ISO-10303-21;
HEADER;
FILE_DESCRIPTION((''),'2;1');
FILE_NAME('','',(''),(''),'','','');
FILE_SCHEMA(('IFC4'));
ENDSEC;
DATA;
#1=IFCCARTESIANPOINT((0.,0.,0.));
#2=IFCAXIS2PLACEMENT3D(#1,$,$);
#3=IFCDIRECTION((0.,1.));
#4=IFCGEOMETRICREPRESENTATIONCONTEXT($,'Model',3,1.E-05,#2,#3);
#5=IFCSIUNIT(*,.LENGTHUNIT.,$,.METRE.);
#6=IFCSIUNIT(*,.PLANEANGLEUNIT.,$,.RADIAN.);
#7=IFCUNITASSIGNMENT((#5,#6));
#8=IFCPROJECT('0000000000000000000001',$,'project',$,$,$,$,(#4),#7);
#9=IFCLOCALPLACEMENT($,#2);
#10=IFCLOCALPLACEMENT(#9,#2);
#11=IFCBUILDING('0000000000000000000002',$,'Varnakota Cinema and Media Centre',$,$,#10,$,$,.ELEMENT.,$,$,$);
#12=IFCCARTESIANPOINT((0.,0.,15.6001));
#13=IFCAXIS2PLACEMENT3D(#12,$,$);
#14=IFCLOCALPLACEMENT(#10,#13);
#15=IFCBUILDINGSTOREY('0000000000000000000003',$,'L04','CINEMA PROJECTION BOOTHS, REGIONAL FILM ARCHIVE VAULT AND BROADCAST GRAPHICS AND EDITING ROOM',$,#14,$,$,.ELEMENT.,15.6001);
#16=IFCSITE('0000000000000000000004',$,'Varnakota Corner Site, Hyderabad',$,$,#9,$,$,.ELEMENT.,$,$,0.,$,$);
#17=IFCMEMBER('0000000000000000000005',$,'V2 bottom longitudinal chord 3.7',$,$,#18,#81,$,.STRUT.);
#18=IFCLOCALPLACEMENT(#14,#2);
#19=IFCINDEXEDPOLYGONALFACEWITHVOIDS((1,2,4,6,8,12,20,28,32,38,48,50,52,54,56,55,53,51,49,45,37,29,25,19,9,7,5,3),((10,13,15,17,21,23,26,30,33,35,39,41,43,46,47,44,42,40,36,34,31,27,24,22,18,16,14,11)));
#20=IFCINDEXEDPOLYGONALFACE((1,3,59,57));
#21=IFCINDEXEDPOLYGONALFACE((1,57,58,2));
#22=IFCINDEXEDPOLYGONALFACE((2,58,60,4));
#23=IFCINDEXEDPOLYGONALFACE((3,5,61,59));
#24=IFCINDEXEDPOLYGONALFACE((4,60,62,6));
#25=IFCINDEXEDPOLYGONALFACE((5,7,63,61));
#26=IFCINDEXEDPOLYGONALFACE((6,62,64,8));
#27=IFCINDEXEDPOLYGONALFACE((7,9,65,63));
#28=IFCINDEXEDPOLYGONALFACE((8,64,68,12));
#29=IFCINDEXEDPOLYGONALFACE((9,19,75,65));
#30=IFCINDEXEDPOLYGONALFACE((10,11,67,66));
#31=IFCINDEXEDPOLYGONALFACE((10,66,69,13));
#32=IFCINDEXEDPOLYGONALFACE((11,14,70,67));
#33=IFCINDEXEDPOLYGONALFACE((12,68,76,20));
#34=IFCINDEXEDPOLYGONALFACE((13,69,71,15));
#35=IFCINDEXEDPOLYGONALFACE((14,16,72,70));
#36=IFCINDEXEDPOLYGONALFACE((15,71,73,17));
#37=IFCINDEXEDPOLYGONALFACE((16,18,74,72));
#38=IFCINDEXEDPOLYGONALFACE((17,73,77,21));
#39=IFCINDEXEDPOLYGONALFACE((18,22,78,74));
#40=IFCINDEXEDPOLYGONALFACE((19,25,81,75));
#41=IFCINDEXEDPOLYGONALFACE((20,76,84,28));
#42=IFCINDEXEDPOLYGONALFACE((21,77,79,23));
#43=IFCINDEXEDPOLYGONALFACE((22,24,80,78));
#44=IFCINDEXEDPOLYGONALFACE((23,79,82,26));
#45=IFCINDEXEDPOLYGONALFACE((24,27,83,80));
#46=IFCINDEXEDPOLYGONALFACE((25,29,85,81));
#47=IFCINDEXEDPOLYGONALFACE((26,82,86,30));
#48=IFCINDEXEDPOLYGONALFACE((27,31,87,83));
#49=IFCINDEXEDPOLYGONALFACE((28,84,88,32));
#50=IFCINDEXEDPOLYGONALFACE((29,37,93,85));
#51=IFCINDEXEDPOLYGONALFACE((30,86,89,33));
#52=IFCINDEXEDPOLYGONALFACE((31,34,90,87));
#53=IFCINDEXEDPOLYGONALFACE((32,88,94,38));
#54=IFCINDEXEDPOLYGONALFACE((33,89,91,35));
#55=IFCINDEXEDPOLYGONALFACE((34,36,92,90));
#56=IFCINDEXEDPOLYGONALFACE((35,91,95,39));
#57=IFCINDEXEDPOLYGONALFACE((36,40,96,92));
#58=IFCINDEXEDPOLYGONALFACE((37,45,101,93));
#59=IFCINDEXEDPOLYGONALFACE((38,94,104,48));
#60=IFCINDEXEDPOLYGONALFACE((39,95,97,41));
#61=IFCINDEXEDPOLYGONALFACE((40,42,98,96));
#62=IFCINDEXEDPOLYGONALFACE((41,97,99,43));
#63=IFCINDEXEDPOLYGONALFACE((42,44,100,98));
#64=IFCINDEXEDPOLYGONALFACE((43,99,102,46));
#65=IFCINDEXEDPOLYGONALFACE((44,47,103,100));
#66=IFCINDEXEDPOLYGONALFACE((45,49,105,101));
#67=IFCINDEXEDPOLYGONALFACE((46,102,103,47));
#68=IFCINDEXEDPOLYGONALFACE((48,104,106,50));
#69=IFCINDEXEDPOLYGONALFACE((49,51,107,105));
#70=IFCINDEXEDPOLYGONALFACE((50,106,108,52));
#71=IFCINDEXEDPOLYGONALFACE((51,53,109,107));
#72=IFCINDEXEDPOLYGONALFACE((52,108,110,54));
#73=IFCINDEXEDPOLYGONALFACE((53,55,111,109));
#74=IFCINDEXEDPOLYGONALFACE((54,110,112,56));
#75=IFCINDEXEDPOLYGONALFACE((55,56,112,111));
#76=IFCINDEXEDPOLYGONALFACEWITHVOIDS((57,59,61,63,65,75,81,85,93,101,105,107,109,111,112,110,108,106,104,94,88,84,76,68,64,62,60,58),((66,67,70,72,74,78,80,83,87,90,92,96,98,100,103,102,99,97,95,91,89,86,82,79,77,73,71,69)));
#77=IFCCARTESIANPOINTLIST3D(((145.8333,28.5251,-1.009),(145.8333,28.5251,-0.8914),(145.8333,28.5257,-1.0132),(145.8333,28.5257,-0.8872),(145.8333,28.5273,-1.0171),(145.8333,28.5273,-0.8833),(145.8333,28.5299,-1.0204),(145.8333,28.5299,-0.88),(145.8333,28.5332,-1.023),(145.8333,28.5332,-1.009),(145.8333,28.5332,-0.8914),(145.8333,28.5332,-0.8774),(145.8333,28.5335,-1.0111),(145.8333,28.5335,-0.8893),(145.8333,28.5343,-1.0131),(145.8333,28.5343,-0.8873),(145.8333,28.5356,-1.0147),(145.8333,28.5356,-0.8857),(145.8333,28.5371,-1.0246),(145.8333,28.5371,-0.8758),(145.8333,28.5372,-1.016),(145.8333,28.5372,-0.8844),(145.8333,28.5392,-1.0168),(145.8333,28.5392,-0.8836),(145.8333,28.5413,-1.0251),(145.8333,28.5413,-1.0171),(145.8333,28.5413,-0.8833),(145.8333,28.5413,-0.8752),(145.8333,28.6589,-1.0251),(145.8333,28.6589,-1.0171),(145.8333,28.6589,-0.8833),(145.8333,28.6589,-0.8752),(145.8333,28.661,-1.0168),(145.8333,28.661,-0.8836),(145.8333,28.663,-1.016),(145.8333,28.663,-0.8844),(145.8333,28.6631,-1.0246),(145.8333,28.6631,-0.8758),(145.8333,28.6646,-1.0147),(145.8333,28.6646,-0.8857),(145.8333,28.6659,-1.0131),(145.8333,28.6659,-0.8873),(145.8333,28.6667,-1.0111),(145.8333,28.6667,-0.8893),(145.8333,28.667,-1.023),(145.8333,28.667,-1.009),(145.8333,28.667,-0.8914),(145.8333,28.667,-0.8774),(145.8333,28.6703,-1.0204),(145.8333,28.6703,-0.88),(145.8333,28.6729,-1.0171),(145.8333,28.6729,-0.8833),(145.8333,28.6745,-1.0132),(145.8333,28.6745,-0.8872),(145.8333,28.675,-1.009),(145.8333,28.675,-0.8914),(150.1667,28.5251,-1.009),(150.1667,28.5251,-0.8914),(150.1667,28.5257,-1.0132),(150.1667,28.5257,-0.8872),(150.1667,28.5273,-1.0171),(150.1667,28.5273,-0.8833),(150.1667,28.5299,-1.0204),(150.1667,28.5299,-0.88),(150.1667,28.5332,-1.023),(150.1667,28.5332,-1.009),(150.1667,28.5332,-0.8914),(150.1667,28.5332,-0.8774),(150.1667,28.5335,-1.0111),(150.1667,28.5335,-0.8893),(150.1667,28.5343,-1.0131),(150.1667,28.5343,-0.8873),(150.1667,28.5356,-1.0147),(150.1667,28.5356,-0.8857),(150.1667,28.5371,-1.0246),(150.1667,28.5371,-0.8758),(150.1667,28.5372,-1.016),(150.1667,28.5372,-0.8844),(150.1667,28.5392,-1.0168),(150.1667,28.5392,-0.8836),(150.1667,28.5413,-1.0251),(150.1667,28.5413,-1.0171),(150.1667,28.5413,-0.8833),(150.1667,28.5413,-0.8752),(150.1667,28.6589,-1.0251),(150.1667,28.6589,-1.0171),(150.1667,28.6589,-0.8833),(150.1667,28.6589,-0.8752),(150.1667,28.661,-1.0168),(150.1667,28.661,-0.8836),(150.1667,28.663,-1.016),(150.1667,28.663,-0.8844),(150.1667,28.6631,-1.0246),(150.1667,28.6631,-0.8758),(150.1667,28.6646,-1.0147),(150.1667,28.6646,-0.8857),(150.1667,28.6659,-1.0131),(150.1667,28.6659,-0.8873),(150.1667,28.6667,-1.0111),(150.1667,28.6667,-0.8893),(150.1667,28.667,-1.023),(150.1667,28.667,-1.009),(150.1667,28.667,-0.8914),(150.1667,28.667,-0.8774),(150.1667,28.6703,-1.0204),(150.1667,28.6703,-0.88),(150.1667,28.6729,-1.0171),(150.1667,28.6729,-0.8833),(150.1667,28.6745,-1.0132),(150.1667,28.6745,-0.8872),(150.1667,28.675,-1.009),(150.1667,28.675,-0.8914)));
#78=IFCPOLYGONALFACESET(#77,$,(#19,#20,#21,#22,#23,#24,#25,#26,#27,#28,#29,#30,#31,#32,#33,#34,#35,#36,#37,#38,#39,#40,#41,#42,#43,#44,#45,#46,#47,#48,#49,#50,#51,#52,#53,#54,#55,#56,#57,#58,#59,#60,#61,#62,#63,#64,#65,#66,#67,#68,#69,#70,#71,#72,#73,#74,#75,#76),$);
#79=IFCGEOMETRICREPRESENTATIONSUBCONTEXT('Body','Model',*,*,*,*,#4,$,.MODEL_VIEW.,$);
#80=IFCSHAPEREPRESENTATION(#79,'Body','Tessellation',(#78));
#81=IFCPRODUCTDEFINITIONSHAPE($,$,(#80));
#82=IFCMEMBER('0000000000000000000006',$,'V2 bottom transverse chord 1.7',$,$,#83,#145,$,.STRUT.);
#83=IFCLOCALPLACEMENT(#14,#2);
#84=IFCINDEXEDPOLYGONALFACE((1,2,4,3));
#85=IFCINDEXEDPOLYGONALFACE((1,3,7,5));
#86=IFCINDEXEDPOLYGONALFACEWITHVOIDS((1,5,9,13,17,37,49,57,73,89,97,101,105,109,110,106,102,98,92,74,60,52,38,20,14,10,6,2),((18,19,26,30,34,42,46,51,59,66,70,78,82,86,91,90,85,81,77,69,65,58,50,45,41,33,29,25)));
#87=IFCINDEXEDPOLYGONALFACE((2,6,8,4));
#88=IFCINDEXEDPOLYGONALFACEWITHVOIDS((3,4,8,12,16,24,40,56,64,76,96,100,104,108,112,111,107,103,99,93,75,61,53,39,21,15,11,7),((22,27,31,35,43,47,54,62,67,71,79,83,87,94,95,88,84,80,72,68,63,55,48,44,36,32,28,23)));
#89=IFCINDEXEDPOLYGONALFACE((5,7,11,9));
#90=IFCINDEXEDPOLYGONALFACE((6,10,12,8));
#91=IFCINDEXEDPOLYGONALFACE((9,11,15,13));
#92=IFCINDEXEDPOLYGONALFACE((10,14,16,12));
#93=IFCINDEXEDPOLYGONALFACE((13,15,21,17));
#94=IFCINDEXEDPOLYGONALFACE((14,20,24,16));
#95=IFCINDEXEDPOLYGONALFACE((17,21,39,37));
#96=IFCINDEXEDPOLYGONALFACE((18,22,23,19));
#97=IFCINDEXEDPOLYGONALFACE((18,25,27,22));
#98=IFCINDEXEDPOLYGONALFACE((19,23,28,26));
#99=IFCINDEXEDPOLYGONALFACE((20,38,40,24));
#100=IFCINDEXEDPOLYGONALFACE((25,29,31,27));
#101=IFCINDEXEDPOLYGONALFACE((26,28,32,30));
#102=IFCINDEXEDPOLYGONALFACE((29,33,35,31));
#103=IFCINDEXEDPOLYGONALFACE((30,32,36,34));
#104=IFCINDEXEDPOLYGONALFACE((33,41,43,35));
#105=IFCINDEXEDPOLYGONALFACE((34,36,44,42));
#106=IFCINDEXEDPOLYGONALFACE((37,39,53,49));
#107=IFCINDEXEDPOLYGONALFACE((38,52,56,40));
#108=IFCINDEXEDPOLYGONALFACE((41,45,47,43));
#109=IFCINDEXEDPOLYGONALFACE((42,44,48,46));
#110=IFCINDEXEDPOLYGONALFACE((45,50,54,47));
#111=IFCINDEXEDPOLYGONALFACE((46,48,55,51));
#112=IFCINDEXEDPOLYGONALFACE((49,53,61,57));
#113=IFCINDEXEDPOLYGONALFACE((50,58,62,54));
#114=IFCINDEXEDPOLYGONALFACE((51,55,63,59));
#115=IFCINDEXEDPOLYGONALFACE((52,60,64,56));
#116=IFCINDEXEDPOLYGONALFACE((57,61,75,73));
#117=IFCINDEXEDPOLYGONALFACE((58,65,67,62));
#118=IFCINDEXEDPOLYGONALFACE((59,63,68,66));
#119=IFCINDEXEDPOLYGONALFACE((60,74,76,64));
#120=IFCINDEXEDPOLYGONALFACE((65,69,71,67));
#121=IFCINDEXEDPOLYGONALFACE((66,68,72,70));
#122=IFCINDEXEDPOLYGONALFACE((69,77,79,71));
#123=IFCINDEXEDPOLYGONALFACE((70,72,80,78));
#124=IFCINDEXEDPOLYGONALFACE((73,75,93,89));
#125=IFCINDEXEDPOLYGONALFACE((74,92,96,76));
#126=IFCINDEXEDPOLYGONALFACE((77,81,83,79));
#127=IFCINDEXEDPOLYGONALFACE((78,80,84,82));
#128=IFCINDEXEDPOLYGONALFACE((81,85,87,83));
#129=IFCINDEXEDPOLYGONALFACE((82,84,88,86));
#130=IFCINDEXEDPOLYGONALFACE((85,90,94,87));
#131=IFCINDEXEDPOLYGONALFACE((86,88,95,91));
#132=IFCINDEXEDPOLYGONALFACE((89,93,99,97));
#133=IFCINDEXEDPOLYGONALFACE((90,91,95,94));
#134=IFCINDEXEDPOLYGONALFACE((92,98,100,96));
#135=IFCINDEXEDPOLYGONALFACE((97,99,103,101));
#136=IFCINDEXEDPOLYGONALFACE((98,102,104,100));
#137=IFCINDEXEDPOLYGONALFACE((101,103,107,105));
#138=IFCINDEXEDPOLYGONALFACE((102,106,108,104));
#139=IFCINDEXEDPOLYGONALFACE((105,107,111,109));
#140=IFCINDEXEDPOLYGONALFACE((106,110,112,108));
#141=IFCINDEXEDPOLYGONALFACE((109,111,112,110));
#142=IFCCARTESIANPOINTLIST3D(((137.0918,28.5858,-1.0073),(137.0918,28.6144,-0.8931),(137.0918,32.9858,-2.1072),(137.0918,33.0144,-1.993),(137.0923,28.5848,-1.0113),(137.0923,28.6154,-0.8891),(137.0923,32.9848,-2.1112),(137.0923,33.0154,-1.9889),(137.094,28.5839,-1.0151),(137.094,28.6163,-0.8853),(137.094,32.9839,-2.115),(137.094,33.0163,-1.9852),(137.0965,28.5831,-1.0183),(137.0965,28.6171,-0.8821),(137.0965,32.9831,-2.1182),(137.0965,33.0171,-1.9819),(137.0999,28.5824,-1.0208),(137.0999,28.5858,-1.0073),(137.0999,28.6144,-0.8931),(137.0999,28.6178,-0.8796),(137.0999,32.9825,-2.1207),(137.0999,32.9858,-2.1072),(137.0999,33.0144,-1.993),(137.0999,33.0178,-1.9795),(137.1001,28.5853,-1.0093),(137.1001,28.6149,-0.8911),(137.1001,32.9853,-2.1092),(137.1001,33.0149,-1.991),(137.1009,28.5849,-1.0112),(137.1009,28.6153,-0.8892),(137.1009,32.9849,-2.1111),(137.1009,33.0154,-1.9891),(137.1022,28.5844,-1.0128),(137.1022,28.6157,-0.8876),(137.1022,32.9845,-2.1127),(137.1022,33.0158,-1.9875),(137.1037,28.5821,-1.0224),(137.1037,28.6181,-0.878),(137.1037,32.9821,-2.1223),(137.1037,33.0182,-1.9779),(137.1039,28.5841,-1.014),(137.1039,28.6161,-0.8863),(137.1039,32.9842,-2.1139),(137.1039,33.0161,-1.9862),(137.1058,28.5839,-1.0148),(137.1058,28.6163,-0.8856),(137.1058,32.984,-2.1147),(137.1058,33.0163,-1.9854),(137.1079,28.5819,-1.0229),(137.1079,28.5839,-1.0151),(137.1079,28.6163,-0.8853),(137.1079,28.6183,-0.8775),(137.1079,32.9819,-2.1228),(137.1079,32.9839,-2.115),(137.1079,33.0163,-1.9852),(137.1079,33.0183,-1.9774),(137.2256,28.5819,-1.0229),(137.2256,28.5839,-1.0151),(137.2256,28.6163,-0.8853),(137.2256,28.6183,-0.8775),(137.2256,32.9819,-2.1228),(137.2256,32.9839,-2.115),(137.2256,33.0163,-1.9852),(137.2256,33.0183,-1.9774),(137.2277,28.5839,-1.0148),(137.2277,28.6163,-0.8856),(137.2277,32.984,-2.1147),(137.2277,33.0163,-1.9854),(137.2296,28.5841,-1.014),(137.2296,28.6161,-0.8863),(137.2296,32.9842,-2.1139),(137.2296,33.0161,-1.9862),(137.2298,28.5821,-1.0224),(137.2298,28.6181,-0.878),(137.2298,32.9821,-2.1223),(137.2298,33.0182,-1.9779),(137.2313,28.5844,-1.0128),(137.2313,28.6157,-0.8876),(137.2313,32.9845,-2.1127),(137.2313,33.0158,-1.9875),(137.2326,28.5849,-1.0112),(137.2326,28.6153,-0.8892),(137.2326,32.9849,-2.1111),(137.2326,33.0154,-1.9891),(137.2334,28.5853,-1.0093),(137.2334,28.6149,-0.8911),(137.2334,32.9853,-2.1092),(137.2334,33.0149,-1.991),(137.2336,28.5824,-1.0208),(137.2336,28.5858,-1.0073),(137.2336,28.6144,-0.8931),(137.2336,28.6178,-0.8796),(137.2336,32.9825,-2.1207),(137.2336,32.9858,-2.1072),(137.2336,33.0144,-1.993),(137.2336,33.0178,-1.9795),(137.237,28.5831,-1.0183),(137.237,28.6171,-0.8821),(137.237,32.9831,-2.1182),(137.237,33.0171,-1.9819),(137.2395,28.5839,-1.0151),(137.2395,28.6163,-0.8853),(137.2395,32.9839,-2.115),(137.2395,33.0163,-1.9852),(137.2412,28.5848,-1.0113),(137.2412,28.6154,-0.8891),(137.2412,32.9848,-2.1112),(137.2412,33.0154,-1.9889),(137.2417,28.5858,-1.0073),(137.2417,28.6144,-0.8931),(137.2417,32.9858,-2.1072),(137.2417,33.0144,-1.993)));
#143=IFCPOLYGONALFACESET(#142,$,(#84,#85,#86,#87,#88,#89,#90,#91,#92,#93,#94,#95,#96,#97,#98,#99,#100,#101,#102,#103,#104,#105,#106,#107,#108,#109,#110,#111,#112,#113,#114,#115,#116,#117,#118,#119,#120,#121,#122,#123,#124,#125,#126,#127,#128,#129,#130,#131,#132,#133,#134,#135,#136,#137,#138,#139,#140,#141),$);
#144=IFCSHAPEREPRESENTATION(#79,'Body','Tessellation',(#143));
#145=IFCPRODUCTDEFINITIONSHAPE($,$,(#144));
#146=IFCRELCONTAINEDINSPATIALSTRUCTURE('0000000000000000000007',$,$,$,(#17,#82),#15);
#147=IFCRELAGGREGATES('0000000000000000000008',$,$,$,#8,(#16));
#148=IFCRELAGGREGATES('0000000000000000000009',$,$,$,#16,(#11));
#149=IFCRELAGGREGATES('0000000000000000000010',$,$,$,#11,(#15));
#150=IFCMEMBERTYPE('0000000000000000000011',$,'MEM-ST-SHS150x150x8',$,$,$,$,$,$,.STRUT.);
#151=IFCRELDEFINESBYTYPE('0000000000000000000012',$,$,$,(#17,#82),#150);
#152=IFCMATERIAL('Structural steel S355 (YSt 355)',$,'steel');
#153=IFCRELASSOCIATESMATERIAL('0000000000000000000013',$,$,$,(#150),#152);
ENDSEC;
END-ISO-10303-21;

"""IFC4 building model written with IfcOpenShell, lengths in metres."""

from ifc_helpers import new_model, si_unit, direction, frame, origin, origin_2d, place, context, subcontext, project, spatial, hollow_rectangle, extrude, material, material_profile, profile_set, type_object, element, save


model = new_model("IFC4")

# Units and contexts
model_context = context("Model", 3, precision=1e-05, world=origin(), true_north=direction((0.0, 1.0)))
body_context = subcontext(model_context, "Body", "Model", "MODEL_VIEW")
ifc_project = project(units=[si_unit("LENGTHUNIT", "METRE"), si_unit("PLANEANGLEUNIT", "RADIAN")], contexts=[model_context])

# Site, building, storey
site_placement = place(None, origin())
site = spatial("IfcSite", under=ifc_project, at=site_placement, Name="Varnakota Corner Site, Hyderabad", CompositionType="ELEMENT", RefElevation=0.0)
building_placement = place(site_placement, origin())
building = spatial("IfcBuilding", under=site, at=building_placement, Name="Varnakota Cinema and Media Centre", CompositionType="ELEMENT")
storey_placement = place(building_placement, frame((0.0, 0.0, 15.6001)))
storey = spatial("IfcBuildingStorey", under=building, at=storey_placement, Name="L04", Description="CINEMA PROJECTION BOOTHS, REGIONAL FILM ARCHIVE VAULT AND BROADCAST GRAPHICS AND EDITING ROOM", CompositionType="ELEMENT", Elevation=15.6001)

# Members
ifc_material_1 = material(Name="Structural steel S355 (YSt 355)", Category="steel")
ifc_material_profile_1 = material_profile(ifc_material_1, hollow_rectangle(XDim=0.1499, YDim=0.1499, WallThickness=0.0081, InnerFilletRadius=0.0081, OuterFilletRadius=0.0161, at=origin_2d()), Name="SHS 150x150x8")
ifc_profile_set_1 = profile_set([ifc_material_profile_1], Name="Structural steel S355 (YSt 355)")
member_type_1 = type_object("IfcMemberType", Name="MEM-ST-SHS150x150x8", PredefinedType="STRUT", material=ifc_profile_set_1)
member_1_placement = place(storey_placement, frame((145.8333, 28.6001, -0.9502), z_axis=(1.0, 0.0, 0.0), x_axis=(0.0, 1.0, 0.0)))
element("IfcMember", 1, at=member_1_placement, inside=storey, type_object=member_type_1, Name="V2 bottom longitudinal chord 3.7", PredefinedType="STRUT", context=body_context, shape_type="SweptSolid", body=[
    extrude(hollow_rectangle(XDim=0.1499, YDim=0.1499, WallThickness=0.0081, InnerFilletRadius=0.0081, OuterFilletRadius=0.0161, at=origin_2d()), origin(), (0.0, 0.0, 1.0), 4.3335),
])
for number, where, z_axis, x_axis, name in (
    (2, (137.1667, 28.6001, -0.9502), (0.0, 0.970149, -0.24251), (-1.0, 0.0, 0.0), "V2 bottom transverse chord 1.7"),
):
    element("IfcMember", number, at=place(storey_placement, frame(where, z_axis=z_axis, x_axis=x_axis)), inside=storey, type_object=member_type_1, Name=name, PredefinedType="STRUT", context=body_context, shape_type="SweptSolid", body=[
        extrude(hollow_rectangle(XDim=0.1499, YDim=0.1499, WallThickness=0.0081, InnerFilletRadius=0.0081, OuterFilletRadius=0.0161, at=origin_2d()), origin(), (0.0, 0.0, 1.0), 4.5354),
    ])

save(model, "model.ifc")
